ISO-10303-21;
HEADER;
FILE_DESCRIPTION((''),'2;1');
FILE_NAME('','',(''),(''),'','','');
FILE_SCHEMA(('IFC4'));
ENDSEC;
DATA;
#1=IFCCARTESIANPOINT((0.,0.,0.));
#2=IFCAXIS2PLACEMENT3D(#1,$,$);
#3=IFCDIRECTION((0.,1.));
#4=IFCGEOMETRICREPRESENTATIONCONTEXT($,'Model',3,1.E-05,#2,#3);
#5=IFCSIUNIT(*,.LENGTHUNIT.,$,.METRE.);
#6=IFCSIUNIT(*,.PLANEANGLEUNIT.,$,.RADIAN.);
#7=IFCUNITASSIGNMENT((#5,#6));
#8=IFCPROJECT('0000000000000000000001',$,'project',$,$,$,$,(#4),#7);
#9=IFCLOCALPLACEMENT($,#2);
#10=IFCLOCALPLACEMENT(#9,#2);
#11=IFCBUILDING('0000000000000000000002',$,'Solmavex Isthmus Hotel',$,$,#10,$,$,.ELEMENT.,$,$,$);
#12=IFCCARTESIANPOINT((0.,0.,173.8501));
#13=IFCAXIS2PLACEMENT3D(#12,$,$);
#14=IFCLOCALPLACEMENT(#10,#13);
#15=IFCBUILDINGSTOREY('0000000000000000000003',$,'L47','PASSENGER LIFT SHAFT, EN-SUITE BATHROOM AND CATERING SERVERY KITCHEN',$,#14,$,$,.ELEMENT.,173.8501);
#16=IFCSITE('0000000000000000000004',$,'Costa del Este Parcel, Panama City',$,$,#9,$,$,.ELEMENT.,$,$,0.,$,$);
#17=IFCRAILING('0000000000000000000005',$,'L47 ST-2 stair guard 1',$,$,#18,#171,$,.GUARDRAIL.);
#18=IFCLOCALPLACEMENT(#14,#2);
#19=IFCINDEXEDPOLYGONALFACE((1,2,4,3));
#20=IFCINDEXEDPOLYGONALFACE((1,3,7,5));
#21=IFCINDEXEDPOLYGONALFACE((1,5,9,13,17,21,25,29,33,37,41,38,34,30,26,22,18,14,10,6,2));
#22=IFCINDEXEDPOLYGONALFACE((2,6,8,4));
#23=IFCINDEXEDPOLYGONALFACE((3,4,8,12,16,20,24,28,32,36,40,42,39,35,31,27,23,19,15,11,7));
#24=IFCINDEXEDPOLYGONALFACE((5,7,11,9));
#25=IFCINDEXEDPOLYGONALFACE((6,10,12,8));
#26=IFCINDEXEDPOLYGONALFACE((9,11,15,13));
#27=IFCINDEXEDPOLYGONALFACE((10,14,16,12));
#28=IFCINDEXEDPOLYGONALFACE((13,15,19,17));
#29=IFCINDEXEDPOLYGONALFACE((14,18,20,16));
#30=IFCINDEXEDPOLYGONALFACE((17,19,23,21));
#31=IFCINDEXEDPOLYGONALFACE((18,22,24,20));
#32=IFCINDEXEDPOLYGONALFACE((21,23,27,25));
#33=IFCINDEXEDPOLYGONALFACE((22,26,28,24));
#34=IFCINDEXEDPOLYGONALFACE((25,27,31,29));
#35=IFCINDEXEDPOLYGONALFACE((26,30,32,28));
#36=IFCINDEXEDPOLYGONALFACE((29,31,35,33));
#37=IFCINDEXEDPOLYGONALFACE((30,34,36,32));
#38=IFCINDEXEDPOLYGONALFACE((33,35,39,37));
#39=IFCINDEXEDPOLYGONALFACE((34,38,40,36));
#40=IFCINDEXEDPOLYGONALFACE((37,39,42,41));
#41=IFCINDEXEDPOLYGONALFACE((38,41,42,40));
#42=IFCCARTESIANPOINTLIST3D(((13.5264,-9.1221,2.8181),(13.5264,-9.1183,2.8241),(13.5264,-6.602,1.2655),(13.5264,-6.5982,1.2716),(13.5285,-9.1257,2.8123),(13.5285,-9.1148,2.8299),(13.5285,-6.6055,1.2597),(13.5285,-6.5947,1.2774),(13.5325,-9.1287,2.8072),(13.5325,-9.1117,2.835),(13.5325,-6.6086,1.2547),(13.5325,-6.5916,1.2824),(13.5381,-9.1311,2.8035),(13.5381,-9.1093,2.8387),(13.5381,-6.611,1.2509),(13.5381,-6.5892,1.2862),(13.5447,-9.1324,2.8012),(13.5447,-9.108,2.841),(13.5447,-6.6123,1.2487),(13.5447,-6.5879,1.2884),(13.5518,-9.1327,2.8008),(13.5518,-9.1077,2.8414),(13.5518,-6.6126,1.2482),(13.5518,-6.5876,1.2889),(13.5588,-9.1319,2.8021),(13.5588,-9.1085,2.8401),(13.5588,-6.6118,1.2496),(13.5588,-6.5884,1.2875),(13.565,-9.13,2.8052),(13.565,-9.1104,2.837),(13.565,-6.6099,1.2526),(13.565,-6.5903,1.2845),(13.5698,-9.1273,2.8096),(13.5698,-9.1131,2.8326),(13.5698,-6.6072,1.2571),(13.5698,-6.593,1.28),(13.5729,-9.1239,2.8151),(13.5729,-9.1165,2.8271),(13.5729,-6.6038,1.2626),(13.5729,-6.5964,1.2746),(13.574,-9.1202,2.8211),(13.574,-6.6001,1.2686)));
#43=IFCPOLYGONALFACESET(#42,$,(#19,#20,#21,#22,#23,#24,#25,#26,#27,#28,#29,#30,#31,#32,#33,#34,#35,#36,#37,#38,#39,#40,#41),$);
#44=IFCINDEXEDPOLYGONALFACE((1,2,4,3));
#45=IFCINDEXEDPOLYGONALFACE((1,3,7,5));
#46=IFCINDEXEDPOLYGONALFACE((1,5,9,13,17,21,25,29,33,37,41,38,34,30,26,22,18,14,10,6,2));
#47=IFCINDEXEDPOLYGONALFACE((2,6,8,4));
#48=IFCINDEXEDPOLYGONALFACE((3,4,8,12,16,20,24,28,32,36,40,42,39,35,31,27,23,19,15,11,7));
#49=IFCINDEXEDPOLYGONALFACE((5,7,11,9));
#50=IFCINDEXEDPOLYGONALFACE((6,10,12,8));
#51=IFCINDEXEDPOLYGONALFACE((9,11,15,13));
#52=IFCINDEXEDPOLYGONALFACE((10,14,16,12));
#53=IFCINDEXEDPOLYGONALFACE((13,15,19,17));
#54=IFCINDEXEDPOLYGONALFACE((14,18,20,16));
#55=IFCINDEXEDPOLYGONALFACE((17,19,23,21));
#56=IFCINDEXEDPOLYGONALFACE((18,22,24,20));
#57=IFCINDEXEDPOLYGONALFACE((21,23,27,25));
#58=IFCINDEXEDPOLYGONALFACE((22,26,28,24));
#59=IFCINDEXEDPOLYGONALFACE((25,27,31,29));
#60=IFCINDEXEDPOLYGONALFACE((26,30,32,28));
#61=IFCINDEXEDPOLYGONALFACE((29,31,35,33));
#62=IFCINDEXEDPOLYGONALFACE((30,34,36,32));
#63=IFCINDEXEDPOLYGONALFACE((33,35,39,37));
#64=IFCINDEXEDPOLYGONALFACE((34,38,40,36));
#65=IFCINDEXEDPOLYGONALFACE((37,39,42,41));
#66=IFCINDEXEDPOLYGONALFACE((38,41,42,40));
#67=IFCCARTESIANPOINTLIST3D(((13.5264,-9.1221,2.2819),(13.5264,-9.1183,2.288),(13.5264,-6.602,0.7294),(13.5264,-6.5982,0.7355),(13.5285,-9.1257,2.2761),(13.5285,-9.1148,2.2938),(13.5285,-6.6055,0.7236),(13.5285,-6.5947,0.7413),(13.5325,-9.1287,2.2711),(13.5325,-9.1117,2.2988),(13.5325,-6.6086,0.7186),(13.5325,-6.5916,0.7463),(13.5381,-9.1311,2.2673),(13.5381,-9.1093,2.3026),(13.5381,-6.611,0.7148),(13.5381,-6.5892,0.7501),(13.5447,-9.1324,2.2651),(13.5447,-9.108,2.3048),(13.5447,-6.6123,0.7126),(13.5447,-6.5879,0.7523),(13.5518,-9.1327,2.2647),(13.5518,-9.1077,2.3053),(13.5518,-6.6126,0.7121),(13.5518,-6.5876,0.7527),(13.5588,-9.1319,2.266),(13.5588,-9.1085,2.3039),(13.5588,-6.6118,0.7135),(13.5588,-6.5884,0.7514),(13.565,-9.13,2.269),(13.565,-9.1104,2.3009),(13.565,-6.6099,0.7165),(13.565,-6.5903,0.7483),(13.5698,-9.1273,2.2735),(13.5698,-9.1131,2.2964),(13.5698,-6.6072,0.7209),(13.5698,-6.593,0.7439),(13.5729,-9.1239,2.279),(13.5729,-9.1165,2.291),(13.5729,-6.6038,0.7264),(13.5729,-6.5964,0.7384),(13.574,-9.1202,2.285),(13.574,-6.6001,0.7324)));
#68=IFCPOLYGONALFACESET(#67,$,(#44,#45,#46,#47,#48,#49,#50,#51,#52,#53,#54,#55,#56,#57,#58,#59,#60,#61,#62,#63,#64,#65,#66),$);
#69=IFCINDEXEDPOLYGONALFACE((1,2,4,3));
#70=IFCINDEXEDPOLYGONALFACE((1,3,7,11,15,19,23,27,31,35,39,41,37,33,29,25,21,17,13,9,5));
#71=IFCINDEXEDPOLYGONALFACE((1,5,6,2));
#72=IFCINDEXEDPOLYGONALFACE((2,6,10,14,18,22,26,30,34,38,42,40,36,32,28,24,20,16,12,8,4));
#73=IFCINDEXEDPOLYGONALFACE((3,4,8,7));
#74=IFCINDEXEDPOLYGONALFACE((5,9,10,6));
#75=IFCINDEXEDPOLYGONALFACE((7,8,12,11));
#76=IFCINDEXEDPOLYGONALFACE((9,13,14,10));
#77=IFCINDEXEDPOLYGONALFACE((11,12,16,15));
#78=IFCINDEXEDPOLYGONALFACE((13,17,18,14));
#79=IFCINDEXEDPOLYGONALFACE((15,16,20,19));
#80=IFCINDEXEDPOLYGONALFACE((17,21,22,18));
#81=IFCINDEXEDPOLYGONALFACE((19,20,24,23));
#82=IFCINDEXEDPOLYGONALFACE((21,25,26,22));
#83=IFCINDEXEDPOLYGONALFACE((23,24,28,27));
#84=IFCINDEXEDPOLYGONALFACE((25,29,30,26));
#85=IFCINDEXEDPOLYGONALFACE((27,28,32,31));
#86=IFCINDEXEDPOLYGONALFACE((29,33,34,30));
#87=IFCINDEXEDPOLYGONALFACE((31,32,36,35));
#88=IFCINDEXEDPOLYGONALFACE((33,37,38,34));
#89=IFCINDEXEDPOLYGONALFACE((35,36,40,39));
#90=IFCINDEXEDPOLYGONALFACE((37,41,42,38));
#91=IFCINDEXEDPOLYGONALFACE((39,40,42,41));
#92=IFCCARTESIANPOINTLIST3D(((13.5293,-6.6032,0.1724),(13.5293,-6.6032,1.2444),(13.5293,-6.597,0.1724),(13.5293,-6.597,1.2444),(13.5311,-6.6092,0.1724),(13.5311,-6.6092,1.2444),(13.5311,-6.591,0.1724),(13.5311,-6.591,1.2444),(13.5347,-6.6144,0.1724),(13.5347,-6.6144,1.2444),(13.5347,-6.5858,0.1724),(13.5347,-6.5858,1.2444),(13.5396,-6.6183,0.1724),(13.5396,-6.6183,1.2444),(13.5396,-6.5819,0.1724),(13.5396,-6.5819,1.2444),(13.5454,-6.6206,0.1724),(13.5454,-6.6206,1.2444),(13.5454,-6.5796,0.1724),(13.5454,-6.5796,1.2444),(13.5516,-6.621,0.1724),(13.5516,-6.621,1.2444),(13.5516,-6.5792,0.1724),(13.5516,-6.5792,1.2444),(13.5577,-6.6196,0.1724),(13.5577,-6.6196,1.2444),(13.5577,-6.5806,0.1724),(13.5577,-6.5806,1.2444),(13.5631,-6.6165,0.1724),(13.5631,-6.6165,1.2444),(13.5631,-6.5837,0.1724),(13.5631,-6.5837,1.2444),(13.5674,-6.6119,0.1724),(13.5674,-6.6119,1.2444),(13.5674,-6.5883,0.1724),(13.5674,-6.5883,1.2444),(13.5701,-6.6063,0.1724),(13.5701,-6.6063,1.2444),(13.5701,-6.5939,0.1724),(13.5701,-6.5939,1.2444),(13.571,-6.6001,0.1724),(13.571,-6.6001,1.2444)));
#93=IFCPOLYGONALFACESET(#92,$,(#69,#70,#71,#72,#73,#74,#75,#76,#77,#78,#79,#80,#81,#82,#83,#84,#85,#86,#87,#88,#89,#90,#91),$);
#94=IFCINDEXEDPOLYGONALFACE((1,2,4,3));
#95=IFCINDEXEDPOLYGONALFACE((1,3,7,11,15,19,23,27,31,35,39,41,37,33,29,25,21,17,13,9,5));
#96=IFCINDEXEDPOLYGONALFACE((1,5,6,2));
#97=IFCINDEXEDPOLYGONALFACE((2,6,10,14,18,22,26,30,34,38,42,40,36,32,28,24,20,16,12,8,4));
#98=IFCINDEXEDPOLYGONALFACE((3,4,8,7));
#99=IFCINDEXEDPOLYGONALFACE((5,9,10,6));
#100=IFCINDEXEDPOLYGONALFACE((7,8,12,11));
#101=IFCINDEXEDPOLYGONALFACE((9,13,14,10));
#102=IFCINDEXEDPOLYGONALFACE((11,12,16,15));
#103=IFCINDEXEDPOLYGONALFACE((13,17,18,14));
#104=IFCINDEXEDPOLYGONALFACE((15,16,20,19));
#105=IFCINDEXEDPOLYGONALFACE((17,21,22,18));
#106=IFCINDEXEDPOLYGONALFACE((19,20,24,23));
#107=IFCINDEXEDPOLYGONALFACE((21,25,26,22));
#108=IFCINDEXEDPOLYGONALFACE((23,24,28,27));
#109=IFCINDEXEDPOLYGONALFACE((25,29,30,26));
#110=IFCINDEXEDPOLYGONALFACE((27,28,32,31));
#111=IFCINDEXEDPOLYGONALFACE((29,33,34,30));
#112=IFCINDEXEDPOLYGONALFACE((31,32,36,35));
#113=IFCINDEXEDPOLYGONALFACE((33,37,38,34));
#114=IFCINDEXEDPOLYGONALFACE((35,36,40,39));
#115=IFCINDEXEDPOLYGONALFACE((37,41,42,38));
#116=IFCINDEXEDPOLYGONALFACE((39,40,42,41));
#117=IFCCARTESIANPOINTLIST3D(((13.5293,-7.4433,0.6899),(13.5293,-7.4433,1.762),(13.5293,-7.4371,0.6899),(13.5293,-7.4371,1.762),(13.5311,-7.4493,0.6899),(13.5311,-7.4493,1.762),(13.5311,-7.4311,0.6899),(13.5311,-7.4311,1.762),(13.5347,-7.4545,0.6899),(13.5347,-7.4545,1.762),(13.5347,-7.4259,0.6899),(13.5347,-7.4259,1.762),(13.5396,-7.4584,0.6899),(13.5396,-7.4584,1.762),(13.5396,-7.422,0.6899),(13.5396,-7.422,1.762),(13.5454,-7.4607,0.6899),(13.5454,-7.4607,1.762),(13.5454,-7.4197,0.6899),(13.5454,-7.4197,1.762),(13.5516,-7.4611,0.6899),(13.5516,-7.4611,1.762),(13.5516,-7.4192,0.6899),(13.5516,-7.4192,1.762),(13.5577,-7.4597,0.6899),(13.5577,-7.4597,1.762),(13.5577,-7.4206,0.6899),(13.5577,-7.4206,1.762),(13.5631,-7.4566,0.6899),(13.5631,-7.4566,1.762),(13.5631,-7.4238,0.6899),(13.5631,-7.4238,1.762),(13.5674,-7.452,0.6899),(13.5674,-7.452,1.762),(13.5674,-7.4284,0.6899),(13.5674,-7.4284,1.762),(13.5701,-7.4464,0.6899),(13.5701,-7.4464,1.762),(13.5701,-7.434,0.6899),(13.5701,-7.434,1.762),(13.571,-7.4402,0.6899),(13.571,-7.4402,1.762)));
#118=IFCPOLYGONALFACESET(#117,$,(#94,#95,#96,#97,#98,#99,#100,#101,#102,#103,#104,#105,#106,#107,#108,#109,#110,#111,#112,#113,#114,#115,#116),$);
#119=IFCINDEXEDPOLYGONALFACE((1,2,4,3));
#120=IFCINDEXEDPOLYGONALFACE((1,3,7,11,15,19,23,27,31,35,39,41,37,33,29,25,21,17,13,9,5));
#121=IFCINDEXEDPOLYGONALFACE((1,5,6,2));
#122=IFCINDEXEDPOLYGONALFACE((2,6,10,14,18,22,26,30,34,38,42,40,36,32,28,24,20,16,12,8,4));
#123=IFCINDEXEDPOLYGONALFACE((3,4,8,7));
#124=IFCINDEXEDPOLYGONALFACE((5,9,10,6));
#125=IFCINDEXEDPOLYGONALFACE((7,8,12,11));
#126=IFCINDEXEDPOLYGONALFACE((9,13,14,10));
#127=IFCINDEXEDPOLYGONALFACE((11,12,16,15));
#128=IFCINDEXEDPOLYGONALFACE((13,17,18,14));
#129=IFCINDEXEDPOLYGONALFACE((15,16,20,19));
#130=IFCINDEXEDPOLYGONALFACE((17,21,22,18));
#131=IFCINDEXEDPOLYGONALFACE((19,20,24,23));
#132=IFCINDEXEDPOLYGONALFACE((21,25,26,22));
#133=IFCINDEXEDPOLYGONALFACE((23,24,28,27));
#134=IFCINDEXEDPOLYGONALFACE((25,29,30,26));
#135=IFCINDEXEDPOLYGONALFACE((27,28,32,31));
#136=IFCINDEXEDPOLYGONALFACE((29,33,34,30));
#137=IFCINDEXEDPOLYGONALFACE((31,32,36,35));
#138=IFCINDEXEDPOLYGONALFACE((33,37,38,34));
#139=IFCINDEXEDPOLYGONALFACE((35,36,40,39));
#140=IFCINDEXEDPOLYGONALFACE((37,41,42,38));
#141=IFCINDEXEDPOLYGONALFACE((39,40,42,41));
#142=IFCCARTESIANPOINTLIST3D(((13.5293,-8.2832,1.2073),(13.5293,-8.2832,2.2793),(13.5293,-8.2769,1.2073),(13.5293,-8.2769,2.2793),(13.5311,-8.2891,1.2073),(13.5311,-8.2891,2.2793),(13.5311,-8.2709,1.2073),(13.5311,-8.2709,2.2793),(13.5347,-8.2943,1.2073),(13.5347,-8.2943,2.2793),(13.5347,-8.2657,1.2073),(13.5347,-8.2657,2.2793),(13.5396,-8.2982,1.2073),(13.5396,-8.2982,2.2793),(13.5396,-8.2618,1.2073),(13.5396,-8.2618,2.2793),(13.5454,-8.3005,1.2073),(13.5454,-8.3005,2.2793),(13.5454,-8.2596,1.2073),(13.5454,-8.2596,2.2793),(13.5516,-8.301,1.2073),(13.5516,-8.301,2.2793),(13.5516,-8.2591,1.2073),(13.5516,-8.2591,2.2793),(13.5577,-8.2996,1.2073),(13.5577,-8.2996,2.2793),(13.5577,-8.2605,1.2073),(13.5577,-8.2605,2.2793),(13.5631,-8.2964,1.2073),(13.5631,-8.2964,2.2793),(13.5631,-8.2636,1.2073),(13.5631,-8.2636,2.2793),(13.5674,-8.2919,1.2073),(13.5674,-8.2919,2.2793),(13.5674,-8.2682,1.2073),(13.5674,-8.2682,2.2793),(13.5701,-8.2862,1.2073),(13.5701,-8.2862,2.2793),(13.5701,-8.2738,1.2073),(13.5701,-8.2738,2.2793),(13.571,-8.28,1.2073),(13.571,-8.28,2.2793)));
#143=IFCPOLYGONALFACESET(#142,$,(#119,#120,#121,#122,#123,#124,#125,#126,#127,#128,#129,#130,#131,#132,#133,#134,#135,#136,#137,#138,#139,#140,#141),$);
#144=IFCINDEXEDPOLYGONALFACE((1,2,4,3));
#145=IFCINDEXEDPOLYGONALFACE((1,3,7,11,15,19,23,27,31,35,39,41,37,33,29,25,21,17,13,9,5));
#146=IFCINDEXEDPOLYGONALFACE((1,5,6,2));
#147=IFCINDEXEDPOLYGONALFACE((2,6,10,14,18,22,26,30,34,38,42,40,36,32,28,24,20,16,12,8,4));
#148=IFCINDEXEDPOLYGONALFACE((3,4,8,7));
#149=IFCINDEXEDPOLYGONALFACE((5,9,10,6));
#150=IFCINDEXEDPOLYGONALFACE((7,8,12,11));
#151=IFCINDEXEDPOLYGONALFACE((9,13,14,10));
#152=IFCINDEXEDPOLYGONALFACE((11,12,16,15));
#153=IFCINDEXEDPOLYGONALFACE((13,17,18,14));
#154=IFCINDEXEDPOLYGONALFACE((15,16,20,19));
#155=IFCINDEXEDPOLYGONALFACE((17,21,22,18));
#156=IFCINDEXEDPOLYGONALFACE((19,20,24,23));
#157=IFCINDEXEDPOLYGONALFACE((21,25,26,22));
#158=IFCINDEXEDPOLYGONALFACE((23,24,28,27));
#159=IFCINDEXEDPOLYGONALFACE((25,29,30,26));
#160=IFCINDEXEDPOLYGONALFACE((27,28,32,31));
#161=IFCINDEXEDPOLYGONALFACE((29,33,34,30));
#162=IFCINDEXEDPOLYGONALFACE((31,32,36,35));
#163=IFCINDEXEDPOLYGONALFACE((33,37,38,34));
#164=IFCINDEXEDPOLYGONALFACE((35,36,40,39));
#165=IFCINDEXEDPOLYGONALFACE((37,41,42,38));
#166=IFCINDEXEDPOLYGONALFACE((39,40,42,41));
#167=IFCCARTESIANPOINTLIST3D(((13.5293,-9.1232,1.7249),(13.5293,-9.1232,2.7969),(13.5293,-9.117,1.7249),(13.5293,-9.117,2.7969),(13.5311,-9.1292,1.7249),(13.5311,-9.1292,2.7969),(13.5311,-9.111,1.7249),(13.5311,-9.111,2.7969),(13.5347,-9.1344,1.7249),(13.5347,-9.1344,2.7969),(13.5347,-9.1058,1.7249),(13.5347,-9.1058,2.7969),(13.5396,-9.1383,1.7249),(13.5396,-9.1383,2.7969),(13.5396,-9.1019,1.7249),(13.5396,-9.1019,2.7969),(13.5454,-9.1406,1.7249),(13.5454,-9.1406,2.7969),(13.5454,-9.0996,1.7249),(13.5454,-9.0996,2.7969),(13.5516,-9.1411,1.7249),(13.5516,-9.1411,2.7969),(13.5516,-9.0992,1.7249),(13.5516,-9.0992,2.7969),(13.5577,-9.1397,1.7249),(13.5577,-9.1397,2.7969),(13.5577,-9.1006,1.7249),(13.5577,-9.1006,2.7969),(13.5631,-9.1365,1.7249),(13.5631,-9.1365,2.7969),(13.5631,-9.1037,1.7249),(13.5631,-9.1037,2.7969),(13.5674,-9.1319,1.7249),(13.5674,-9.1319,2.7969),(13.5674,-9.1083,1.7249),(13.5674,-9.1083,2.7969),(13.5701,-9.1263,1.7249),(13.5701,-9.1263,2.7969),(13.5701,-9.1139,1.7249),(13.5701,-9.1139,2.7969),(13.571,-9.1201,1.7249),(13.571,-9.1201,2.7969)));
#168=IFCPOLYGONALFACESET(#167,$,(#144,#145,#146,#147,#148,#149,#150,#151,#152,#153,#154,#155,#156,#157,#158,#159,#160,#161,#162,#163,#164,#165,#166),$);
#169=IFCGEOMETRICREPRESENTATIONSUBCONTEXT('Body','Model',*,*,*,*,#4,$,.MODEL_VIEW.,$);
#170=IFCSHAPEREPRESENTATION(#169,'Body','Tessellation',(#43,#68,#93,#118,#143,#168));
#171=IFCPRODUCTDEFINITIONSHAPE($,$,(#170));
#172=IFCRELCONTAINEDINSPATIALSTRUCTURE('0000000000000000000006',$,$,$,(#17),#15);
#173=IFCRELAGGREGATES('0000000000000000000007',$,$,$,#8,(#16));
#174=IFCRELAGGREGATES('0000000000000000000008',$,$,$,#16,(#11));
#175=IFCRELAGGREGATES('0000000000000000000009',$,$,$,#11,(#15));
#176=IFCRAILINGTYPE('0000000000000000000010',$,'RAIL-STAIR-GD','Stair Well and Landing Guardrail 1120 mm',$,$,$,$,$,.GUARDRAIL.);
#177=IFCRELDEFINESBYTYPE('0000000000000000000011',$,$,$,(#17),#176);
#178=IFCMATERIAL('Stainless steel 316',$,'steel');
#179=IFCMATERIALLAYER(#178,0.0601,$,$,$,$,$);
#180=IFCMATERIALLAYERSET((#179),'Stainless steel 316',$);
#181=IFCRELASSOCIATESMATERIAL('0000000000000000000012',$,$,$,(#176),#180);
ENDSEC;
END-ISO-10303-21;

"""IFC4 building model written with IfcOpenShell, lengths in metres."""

from ifc_helpers import new_model, si_unit, direction, frame, origin, origin_2d, place, context, subcontext, project, spatial, circle, extrude, material, layer, layer_set, type_object, element, save


model = new_model("IFC4")

# Units and contexts
model_context = context("Model", 3, precision=1e-05, world=origin(), true_north=direction((0.0, 1.0)))
body_context = subcontext(model_context, "Body", "Model", "MODEL_VIEW")
ifc_project = project(units=[si_unit("LENGTHUNIT", "METRE"), si_unit("PLANEANGLEUNIT", "RADIAN")], contexts=[model_context])

# Site, building, storey
site_placement = place(None, origin())
site = spatial("IfcSite", under=ifc_project, at=site_placement, Name="Costa del Este Parcel, Panama City", CompositionType="ELEMENT", RefElevation=0.0)
building_placement = place(site_placement, origin())
building = spatial("IfcBuilding", under=site, at=building_placement, Name="Solmavex Isthmus Hotel", CompositionType="ELEMENT")
storey_placement = place(building_placement, frame((0.0, 0.0, 173.8501)))
storey = spatial("IfcBuildingStorey", under=building, at=storey_placement, Name="L47", Description="PASSENGER LIFT SHAFT, EN-SUITE BATHROOM AND CATERING SERVERY KITCHEN", CompositionType="ELEMENT", Elevation=173.8501)

# Shared definitions
ifc_material_1 = material(Name="Stainless steel 316", Category="steel")

# Railing
ifc_layer_1 = layer(ifc_material_1, 0.0601)
ifc_layer_set_1 = layer_set([ifc_layer_1], Name="Stainless steel 316")
railing_type_1 = type_object("IfcRailingType", Name="RAIL-STAIR-GD", Description="Stair Well and Landing Guardrail 1120 mm", PredefinedType="GUARDRAIL", material=ifc_layer_set_1)
railing_1_placement = place(storey_placement, frame((13.55, -6.6001, 0.1724)))
element("IfcRailing", 1, at=railing_1_placement, inside=storey, type_object=railing_type_1, Name="L47 ST-2 stair guard 1", PredefinedType="GUARDRAIL", context=body_context, shape_type="SweptSolid", body=[
    extrude(circle(Radius=0.0239, at=origin_2d()), frame((0.0, 0.0, 1.0962), z_axis=(0.0, -0.8514, 0.524516), x_axis=(1.0, 0.0, 0.0)), (0.0, 0.0, 1.0), 2.96),
    extrude(circle(Radius=0.0239, at=origin_2d()), frame((0.0, 0.0, 0.5601), z_axis=(0.0, -0.8514, 0.524516), x_axis=(1.0, 0.0, 0.0)), (0.0, 0.0, 1.0), 2.96),
    extrude(circle(Radius=0.021, at=origin_2d()), origin(), (0.0, 0.0, 1.0), 1.072),
    extrude(circle(Radius=0.021, at=origin_2d()), frame((0.0, -0.8401, 0.5176)), (0.0, 0.0, 1.0), 1.072),
    extrude(circle(Radius=0.021, at=origin_2d()), frame((0.0, -1.6799, 1.0349)), (0.0, 0.0, 1.0), 1.072),
    extrude(circle(Radius=0.021, at=origin_2d()), frame((0.0, -2.52, 1.5525)), (0.0, 0.0, 1.0), 1.072),
])

save(model, "model.ifc")
